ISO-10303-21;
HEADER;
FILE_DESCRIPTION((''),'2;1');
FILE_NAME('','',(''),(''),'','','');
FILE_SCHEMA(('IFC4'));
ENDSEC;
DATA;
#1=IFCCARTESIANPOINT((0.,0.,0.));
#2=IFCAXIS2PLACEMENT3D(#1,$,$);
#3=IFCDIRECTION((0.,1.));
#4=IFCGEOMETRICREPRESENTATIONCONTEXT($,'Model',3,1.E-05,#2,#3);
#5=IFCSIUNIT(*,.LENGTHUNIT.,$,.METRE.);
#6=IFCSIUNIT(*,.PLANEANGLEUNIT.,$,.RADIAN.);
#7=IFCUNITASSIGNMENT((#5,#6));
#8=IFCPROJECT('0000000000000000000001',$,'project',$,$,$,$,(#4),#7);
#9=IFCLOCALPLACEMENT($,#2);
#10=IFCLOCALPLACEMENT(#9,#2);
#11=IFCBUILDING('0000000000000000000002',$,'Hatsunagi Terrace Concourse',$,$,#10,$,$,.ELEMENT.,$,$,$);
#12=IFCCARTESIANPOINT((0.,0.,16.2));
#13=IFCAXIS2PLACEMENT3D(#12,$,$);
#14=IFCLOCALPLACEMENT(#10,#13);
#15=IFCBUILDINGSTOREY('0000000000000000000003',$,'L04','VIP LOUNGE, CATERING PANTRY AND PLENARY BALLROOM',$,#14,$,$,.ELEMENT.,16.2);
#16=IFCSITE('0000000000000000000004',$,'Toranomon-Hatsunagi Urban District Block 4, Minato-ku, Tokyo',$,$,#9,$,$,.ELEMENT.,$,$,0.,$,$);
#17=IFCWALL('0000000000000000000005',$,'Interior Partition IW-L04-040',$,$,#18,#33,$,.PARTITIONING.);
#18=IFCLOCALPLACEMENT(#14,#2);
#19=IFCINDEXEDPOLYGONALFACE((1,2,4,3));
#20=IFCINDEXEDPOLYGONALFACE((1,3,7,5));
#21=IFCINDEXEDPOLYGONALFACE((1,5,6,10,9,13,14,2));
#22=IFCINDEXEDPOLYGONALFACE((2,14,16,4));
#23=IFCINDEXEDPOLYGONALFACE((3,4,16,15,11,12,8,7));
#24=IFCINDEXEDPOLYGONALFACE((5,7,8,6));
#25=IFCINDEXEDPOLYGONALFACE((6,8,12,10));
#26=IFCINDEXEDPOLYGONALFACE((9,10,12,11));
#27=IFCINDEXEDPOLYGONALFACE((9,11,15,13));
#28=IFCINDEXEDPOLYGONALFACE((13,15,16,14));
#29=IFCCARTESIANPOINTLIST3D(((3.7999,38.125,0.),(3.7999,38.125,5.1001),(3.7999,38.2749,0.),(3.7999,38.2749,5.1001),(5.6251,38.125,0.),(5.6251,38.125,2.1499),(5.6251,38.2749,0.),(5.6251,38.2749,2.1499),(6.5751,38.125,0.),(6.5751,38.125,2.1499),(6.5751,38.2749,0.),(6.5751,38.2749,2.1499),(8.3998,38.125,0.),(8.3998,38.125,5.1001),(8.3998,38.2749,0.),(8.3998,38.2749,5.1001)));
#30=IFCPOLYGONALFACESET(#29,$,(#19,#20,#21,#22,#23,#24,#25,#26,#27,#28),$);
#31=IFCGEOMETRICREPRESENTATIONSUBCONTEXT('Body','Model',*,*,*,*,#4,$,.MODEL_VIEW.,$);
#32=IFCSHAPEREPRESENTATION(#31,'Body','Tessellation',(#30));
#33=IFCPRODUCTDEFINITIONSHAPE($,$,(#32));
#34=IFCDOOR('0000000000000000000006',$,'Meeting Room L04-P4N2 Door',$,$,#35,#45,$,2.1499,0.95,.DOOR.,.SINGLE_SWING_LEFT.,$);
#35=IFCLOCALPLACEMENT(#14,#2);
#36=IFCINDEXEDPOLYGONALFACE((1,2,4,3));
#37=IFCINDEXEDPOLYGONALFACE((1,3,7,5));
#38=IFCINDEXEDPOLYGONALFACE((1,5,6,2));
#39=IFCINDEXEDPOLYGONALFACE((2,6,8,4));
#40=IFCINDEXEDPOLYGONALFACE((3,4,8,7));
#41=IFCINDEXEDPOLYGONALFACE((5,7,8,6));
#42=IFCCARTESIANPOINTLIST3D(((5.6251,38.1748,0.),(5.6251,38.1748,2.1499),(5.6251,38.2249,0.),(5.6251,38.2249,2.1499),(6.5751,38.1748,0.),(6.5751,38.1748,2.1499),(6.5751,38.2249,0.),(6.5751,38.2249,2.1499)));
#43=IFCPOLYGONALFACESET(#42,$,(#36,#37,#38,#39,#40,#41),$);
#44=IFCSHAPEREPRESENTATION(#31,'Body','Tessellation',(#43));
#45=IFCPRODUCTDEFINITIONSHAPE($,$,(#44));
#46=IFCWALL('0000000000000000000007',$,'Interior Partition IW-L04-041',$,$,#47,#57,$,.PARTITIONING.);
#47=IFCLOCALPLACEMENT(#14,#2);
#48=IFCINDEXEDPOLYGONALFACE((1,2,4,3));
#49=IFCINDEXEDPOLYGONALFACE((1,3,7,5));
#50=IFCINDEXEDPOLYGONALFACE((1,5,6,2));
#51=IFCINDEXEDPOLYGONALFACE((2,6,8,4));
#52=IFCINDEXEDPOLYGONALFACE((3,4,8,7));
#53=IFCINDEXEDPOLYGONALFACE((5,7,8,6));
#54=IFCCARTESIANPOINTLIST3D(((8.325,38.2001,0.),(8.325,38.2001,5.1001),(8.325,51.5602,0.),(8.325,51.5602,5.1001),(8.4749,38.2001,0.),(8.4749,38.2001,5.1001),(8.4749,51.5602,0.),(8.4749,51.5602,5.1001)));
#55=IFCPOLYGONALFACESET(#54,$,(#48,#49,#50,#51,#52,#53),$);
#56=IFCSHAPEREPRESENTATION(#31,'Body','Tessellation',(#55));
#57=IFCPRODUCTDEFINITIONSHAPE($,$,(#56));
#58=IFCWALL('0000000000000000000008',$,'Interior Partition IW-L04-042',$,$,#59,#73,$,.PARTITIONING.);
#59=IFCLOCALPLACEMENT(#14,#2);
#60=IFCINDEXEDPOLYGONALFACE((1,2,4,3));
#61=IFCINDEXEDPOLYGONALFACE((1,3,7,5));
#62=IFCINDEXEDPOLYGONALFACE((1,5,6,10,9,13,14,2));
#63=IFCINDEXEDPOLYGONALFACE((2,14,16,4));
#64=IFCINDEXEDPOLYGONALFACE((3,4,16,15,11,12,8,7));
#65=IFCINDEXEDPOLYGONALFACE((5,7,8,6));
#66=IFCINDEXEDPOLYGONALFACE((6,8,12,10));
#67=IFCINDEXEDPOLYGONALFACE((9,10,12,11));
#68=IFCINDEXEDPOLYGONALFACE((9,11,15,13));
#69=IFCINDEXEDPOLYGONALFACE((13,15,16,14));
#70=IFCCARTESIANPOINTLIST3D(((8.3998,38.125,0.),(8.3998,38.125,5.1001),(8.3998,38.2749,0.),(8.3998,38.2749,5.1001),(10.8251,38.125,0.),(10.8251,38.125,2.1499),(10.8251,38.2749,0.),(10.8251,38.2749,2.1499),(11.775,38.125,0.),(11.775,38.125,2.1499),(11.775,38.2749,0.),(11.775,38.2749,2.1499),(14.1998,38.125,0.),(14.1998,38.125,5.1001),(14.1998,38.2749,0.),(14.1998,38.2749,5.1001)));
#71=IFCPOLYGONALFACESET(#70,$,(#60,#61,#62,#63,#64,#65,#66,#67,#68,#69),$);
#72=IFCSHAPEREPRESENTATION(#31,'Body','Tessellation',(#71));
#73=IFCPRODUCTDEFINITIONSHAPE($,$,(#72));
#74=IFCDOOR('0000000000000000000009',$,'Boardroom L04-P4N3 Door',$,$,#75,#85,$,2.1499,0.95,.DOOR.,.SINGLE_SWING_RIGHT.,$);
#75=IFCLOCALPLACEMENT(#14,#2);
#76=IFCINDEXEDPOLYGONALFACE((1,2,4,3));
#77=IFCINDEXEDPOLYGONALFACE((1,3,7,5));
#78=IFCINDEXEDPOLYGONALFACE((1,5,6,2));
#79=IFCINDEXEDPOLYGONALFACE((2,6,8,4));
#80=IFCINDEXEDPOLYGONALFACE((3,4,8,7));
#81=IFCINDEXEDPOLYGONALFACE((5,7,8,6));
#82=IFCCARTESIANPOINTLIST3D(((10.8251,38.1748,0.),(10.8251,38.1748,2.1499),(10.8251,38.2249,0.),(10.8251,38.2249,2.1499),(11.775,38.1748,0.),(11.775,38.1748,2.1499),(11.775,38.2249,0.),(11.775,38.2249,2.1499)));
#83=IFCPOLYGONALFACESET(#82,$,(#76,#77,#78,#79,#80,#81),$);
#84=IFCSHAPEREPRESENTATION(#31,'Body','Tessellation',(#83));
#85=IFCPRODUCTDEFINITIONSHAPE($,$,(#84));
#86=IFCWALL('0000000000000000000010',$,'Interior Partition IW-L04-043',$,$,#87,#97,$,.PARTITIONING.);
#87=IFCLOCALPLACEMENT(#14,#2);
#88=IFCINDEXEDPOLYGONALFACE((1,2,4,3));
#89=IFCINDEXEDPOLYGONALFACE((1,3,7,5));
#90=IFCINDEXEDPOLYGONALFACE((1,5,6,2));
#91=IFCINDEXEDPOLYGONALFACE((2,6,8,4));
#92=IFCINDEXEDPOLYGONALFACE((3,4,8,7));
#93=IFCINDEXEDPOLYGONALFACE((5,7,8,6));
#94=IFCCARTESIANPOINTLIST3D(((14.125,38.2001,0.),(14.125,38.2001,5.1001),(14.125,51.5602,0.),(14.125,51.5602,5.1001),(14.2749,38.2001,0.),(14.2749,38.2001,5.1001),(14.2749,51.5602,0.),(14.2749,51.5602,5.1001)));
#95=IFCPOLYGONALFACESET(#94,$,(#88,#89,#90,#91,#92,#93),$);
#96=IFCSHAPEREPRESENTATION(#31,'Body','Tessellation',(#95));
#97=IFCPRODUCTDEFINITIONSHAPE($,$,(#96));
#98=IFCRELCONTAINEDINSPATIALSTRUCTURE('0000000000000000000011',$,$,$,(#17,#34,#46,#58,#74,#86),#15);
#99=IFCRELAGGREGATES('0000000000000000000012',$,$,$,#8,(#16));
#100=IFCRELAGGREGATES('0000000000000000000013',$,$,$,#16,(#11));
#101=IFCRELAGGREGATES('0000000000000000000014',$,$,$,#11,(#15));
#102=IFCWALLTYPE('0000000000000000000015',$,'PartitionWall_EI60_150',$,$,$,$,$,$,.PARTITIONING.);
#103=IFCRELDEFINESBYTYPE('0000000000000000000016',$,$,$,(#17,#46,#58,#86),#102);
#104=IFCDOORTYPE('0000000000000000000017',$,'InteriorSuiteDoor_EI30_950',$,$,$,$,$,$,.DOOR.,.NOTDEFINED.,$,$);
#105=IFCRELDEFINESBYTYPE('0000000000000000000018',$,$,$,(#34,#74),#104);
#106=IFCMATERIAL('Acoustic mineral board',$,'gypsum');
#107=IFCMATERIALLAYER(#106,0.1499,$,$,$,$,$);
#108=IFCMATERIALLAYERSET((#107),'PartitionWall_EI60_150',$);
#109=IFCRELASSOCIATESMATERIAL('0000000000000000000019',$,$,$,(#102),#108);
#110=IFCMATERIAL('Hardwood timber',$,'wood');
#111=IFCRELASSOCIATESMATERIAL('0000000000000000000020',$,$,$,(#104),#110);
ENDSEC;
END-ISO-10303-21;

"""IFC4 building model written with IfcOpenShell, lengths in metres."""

from ifc_helpers import new_model, si_unit, direction, frame, frame_2d, origin, place, context, subcontext, project, spatial, rectangle, extrude, material, layer, layer_set, type_object, element, fill, save


model = new_model("IFC4")

# Units and contexts
model_context = context("Model", 3, precision=1e-05, world=origin(), true_north=direction((0.0, 1.0)))
body_context = subcontext(model_context, "Body", "Model", "MODEL_VIEW")
ifc_project = project(units=[si_unit("LENGTHUNIT", "METRE"), si_unit("PLANEANGLEUNIT", "RADIAN")], contexts=[model_context])

# Site, building, storey
site_placement = place(None, origin())
site = spatial("IfcSite", under=ifc_project, at=site_placement, Name="Toranomon-Hatsunagi Urban District Block 4, Minato-ku, Tokyo", CompositionType="ELEMENT", RefElevation=0.0)
building_placement = place(site_placement, origin())
building = spatial("IfcBuilding", under=site, at=building_placement, Name="Hatsunagi Terrace Concourse", CompositionType="ELEMENT")
storey_placement = place(building_placement, frame((0.0, 0.0, 16.2)))
storey = spatial("IfcBuildingStorey", under=building, at=storey_placement, Name="L04", Description="VIP LOUNGE, CATERING PANTRY AND PLENARY BALLROOM", CompositionType="ELEMENT", Elevation=16.2)

# Shared definitions
ifc_material_1 = material(Name="Acoustic mineral board", Category="gypsum")
ifc_layer_1 = layer(ifc_material_1, 0.1499)
ifc_layer_set_1 = layer_set([ifc_layer_1], Name="PartitionWall_EI60_150")
wall_type_1 = type_object("IfcWallType", Name="PartitionWall_EI60_150", PredefinedType="PARTITIONING", material=ifc_layer_set_1)
ifc_material_2 = material(Name="Hardwood timber", Category="wood")
door_type = type_object("IfcDoorType", Name="InteriorSuiteDoor_EI30_950", OperationType="NOTDEFINED", PredefinedType="DOOR", material=ifc_material_2)

# Wall, opening, door
wall_1_placement = place(storey_placement, frame((3.8, 38.2, 0.0), z_axis=(0.0, 0.0, 1.0), x_axis=(1.0, 0.0, 0.0)))
wall_1 = element("IfcWall", 1, at=wall_1_placement, inside=storey, type_object=wall_type_1, Name="Interior Partition IW-L04-040", PredefinedType="PARTITIONING", context=body_context, shape_type="SweptSolid", body=[
    extrude(rectangle(XDim=4.5999, YDim=0.1499, at=frame_2d((2.2998, 0.0))), origin(), (0.0, 0.0, 1.0), 5.1001),
])
opening_1_placement = place(wall_1_placement, frame((1.825, 0.0, 0.0)))
opening_1 = element("IfcOpeningElement", 2, at=opening_1_placement, cuts=wall_1, PredefinedType="OPENING", context=body_context, shape_type="SweptSolid", body=[
    extrude(rectangle(XDim=0.95, YDim=2.1499, at=frame_2d((0.4751, 1.075))), frame((0.0, 0.085, 0.0), z_axis=(0.0, -1.0, 0.0), x_axis=(1.0, 0.0, 0.0)), (0.0, 0.0, 1.0), 0.1699),
])
door_1_placement = place(opening_1_placement, origin())
door_1 = element("IfcDoor", 3, at=door_1_placement, inside=storey, type_object=door_type, Name="Meeting Room L04-P4N2 Door", OperationType="SINGLE_SWING_LEFT", OverallHeight=2.1499, OverallWidth=0.95, PredefinedType="DOOR", context=body_context, shape_type="SweptSolid", body=[
    extrude(rectangle(XDim=0.95, YDim=2.1499, at=frame_2d((0.4751, 1.075))), frame((0.0, 0.0249, 0.0), z_axis=(0.0, -1.0, 0.0), x_axis=(1.0, 0.0, 0.0)), (0.0, 0.0, 1.0), 0.05),
])
fill(opening_1, door_1)

# Wall
wall_2_placement = place(storey_placement, frame((8.3999, 38.2, 0.0), z_axis=(0.0, 0.0, 1.0), x_axis=(0.0, 1.0, 0.0)))
element("IfcWall", 4, at=wall_2_placement, inside=storey, type_object=wall_type_1, Name="Interior Partition IW-L04-041", PredefinedType="PARTITIONING", context=body_context, shape_type="SweptSolid", body=[
    extrude(rectangle(XDim=13.3601, YDim=0.1499, at=frame_2d((6.6802, 0.0))), origin(), (0.0, 0.0, 1.0), 5.1001),
])

# Wall, opening, door
wall_3_placement = place(storey_placement, frame((8.3999, 38.2, 0.0), z_axis=(0.0, 0.0, 1.0), x_axis=(1.0, 0.0, 0.0)))
wall_3 = element("IfcWall", 5, at=wall_3_placement, inside=storey, type_object=wall_type_1, Name="Interior Partition IW-L04-042", PredefinedType="PARTITIONING", context=body_context, shape_type="SweptSolid", body=[
    extrude(rectangle(XDim=5.8, YDim=0.1499, at=frame_2d((2.8999, 0.0))), origin(), (0.0, 0.0, 1.0), 5.1001),
])
opening_2_placement = place(wall_3_placement, frame((2.425, 0.0, 0.0)))
opening_2 = element("IfcOpeningElement", 6, at=opening_2_placement, cuts=wall_3, PredefinedType="OPENING", context=body_context, shape_type="SweptSolid", body=[
    extrude(rectangle(XDim=0.95, YDim=2.1499, at=frame_2d((0.4751, 1.075))), frame((0.0, 0.085, 0.0), z_axis=(0.0, -1.0, 0.0), x_axis=(1.0, 0.0, 0.0)), (0.0, 0.0, 1.0), 0.1699),
])
door_2_placement = place(opening_2_placement, origin())
door_2 = element("IfcDoor", 7, at=door_2_placement, inside=storey, type_object=door_type, Name="Boardroom L04-P4N3 Door", OperationType="SINGLE_SWING_RIGHT", OverallHeight=2.1499, OverallWidth=0.95, PredefinedType="DOOR", context=body_context, shape_type="SweptSolid", body=[
    extrude(rectangle(XDim=0.95, YDim=2.1499, at=frame_2d((0.4751, 1.075))), frame((0.0, 0.0249, 0.0), z_axis=(0.0, -1.0, 0.0), x_axis=(1.0, 0.0, 0.0)), (0.0, 0.0, 1.0), 0.05),
])
fill(opening_2, door_2)

# Wall
wall_4_placement = place(storey_placement, frame((14.2, 38.2, 0.0), z_axis=(0.0, 0.0, 1.0), x_axis=(0.0, 1.0, 0.0)))
element("IfcWall", 8, at=wall_4_placement, inside=storey, type_object=wall_type_1, Name="Interior Partition IW-L04-043", PredefinedType="PARTITIONING", context=body_context, shape_type="SweptSolid", body=[
    extrude(rectangle(XDim=13.3601, YDim=0.1499, at=frame_2d((6.6802, 0.0))), origin(), (0.0, 0.0, 1.0), 5.1001),
])

save(model, "model.ifc")
